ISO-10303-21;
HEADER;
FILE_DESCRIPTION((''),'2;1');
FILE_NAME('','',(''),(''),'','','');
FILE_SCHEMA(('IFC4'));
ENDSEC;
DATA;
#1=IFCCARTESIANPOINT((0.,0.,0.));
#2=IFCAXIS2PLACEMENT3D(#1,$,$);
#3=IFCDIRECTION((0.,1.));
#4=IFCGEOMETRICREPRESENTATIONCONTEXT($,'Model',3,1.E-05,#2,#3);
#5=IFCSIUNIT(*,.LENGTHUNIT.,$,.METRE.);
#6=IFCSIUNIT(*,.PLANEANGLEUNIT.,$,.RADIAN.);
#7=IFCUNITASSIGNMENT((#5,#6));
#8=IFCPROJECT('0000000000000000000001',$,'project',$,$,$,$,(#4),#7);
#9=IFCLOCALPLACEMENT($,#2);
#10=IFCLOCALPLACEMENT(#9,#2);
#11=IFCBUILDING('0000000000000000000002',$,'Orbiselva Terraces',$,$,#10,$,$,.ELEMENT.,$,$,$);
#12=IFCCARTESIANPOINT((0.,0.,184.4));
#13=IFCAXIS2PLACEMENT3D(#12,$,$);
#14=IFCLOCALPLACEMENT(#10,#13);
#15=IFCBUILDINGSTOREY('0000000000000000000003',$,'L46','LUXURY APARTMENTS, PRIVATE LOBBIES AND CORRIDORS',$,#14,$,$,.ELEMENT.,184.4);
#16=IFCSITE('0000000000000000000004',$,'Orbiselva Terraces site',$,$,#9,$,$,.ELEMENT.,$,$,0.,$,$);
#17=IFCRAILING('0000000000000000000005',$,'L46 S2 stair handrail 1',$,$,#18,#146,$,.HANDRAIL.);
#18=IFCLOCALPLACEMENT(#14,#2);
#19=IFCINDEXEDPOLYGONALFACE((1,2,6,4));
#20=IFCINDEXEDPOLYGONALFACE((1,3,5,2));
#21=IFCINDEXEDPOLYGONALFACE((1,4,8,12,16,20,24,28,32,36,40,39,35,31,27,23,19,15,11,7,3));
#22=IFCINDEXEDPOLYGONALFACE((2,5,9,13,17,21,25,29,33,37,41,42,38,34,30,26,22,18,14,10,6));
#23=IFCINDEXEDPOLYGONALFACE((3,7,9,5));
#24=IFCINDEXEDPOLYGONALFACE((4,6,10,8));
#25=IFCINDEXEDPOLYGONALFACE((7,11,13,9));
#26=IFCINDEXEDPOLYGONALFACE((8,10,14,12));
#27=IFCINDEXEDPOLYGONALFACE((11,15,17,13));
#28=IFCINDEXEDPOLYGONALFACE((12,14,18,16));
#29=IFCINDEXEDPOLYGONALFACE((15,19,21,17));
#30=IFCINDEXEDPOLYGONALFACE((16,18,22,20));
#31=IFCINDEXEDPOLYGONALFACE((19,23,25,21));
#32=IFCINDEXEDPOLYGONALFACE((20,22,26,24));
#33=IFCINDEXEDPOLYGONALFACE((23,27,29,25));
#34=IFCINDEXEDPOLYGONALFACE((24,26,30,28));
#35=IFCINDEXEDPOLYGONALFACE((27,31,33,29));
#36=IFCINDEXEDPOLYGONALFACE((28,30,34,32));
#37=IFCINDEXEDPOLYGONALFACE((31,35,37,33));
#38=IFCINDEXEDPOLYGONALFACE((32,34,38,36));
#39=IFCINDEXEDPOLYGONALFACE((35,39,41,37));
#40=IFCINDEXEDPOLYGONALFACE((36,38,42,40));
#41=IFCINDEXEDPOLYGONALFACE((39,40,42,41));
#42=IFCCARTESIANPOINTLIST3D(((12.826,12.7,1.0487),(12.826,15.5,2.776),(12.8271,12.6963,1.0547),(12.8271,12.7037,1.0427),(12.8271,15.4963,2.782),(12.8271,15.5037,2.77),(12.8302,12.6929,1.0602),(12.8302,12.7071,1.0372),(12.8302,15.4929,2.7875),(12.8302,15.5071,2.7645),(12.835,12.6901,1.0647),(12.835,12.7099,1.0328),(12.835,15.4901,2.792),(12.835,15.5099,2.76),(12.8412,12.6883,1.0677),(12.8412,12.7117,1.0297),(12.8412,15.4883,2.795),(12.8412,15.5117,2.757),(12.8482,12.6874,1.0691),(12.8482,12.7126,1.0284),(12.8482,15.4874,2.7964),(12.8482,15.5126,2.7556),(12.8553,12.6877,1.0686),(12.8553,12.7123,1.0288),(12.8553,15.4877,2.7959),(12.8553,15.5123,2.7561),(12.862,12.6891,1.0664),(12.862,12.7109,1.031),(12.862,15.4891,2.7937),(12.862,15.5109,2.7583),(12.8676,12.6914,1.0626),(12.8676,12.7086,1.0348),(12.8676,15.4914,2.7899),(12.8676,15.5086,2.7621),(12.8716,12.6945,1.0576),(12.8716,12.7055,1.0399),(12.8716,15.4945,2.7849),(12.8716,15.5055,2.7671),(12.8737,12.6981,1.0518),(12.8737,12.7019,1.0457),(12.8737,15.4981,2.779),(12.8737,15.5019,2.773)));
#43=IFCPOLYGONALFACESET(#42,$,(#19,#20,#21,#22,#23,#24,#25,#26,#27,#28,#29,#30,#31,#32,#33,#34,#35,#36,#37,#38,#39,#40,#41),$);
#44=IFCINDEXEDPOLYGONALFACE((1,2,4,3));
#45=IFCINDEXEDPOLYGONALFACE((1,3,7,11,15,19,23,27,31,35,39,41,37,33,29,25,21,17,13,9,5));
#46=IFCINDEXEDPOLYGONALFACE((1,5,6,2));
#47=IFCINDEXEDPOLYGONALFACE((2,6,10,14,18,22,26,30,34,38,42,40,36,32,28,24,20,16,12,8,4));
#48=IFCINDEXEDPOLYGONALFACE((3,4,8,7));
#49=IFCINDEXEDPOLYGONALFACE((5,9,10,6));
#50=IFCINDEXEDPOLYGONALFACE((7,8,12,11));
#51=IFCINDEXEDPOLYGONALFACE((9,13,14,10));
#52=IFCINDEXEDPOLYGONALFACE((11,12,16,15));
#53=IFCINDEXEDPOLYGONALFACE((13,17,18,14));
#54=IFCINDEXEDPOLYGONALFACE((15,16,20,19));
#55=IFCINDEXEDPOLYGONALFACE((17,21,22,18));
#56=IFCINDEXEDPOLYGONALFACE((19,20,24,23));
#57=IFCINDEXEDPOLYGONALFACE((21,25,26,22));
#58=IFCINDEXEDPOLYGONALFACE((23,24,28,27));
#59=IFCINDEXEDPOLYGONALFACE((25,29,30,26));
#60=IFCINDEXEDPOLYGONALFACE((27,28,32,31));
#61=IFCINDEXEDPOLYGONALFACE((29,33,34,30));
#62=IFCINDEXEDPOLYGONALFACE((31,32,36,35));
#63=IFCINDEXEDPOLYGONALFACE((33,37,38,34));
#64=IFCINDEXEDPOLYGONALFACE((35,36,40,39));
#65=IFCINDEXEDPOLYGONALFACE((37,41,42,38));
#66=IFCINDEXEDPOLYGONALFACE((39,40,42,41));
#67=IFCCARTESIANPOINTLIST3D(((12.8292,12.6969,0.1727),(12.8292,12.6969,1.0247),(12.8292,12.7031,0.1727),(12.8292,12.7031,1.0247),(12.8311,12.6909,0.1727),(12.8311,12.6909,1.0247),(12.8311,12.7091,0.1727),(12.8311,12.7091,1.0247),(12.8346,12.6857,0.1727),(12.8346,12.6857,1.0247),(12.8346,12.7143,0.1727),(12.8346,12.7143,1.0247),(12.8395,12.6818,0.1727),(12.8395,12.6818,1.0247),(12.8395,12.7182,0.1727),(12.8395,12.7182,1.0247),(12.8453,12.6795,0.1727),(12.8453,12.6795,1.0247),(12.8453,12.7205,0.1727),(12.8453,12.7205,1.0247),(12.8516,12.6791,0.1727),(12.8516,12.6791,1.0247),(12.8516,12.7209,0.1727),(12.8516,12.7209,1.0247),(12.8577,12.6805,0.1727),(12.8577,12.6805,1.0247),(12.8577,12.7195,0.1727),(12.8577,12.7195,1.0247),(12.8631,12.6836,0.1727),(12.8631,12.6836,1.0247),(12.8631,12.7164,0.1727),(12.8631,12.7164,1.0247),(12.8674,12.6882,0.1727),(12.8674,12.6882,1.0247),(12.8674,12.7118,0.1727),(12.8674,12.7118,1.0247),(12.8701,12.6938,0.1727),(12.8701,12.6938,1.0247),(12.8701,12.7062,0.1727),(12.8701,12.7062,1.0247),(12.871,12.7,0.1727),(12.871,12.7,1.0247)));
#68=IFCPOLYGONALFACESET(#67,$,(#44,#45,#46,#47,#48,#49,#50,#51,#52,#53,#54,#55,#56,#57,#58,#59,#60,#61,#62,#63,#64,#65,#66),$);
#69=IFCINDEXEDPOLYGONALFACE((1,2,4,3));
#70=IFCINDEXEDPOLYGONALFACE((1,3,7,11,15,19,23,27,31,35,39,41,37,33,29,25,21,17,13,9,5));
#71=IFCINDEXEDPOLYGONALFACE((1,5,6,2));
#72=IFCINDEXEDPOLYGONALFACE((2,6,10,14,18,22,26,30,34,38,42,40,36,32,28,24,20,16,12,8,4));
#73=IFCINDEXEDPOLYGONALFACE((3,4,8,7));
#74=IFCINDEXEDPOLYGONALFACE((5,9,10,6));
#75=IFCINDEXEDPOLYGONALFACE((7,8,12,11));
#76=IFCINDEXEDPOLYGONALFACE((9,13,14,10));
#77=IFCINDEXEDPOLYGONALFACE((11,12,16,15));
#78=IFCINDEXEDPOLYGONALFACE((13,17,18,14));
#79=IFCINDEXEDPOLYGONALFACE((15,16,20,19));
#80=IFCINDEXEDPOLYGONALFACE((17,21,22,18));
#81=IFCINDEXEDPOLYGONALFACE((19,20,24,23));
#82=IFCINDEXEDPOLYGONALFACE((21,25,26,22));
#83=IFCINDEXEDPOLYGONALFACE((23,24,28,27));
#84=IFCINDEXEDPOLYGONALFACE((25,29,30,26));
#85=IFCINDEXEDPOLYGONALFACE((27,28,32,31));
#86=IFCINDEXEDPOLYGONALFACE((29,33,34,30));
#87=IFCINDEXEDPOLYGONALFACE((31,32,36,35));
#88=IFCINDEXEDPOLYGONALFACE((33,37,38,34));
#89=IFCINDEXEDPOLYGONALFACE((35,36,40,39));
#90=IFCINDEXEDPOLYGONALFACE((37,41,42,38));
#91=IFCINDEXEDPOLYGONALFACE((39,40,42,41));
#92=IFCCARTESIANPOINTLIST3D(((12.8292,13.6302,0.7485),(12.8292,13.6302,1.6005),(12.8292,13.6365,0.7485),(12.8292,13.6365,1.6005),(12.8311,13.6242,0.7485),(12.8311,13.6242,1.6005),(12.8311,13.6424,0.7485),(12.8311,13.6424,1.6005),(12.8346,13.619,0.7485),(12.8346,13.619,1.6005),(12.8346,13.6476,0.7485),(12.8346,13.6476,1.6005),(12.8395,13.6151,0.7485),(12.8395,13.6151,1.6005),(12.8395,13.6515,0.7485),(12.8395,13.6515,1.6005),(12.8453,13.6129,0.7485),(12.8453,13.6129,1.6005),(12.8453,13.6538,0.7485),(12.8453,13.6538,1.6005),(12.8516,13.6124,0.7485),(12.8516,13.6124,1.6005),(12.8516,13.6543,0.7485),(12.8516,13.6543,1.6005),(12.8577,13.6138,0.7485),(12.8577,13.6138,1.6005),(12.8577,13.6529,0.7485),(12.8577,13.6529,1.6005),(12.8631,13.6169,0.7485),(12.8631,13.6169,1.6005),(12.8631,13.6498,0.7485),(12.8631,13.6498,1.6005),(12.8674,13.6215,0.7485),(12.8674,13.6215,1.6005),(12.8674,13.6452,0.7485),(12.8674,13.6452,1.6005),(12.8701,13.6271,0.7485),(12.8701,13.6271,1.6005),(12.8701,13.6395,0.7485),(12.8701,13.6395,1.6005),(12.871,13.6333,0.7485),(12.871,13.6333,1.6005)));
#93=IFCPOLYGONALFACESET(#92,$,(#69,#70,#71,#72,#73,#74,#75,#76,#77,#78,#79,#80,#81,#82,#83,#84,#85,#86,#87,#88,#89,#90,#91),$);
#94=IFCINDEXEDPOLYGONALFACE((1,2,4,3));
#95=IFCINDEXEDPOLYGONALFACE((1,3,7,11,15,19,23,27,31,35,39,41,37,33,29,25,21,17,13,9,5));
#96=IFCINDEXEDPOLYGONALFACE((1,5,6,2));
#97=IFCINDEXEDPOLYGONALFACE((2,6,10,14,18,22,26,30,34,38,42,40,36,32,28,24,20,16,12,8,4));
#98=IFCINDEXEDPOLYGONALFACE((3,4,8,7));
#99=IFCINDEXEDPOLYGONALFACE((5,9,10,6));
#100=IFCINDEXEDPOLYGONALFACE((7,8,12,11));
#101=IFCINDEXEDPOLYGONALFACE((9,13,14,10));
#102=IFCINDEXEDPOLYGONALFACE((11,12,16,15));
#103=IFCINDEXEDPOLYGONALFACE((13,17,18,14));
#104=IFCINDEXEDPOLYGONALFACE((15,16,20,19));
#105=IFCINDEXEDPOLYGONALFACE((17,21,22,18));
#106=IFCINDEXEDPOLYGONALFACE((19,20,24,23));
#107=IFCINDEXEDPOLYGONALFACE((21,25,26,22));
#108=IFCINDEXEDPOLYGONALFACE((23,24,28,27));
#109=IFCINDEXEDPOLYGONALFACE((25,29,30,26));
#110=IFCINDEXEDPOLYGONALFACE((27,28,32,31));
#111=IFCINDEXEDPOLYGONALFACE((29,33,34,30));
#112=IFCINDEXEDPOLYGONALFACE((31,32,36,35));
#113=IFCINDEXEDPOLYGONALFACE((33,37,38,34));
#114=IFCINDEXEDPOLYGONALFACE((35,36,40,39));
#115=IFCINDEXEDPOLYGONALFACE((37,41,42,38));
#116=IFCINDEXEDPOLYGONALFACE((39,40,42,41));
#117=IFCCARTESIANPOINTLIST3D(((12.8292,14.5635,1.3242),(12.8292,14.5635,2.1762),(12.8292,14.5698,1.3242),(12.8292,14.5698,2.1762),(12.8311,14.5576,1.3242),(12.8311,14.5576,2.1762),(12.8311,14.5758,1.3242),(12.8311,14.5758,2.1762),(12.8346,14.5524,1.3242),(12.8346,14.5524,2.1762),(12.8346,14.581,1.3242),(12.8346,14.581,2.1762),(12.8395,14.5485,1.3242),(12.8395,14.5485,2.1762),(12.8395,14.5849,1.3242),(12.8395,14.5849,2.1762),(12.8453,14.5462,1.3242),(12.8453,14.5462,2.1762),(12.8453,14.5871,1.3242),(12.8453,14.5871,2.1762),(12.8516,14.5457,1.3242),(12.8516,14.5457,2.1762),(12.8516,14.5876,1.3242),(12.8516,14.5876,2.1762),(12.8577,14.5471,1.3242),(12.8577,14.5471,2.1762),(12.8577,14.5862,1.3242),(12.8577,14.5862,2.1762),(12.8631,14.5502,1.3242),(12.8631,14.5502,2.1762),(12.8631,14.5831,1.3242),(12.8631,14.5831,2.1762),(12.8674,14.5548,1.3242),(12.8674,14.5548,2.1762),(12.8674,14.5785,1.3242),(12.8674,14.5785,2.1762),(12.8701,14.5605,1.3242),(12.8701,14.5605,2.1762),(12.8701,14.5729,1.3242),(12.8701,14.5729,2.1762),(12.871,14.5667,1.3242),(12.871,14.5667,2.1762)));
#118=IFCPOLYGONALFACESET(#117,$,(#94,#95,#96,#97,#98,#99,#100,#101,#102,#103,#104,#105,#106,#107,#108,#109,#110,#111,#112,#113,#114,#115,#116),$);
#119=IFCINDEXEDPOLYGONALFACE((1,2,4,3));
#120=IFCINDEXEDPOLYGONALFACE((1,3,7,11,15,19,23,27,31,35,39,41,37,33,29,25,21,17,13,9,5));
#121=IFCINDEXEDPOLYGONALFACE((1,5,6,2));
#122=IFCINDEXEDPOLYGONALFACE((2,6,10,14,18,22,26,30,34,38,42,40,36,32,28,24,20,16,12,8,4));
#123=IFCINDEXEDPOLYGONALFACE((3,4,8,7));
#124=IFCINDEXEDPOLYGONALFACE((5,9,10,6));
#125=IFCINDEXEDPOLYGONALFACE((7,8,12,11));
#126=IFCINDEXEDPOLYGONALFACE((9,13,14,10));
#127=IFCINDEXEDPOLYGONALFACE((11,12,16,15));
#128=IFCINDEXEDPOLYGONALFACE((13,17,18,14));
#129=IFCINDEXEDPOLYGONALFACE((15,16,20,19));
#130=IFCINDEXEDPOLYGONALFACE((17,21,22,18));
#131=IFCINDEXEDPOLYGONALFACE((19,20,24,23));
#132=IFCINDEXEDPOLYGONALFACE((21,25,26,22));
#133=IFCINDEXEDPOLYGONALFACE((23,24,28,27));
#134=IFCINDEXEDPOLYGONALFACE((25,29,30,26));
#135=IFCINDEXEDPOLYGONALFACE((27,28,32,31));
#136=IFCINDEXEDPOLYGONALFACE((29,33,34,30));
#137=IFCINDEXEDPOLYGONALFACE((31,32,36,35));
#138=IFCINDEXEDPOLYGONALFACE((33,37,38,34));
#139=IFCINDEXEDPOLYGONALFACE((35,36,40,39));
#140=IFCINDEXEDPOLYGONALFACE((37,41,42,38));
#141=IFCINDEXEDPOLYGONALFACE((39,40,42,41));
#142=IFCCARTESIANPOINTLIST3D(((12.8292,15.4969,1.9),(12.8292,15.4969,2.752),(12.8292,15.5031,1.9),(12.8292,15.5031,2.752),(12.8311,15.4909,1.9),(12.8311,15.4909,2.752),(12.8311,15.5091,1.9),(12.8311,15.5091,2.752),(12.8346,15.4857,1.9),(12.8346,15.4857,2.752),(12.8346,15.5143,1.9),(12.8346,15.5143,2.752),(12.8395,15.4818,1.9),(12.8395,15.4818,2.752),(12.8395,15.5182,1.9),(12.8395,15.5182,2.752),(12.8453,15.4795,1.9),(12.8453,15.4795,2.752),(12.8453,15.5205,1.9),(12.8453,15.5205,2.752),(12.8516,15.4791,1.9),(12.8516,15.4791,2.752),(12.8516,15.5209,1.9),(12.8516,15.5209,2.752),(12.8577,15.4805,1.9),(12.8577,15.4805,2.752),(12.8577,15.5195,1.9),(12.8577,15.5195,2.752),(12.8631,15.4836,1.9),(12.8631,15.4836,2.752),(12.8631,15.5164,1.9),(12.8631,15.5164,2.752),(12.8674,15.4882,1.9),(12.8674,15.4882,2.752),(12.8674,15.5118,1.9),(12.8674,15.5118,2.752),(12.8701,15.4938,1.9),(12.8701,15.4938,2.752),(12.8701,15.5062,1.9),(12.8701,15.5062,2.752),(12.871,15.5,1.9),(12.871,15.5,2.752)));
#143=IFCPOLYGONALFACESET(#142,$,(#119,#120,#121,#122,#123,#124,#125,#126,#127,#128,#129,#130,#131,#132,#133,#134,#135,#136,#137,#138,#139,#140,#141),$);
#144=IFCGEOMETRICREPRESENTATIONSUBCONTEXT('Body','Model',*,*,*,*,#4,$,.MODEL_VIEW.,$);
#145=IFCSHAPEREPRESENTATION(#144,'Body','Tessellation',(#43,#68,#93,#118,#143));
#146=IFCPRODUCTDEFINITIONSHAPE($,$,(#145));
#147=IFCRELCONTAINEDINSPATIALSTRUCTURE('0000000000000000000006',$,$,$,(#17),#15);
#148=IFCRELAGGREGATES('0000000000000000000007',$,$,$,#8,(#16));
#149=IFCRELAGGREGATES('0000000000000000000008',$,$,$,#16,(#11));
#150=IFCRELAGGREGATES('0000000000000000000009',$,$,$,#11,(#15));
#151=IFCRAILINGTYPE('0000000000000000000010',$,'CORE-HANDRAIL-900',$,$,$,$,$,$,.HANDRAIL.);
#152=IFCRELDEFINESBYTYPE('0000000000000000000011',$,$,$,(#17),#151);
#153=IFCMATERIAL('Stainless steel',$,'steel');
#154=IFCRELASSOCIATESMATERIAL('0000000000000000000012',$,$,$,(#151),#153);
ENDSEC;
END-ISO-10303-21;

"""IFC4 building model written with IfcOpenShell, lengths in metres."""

from ifc_helpers import new_model, si_unit, direction, frame, origin, origin_2d, place, context, subcontext, project, spatial, circle, extrude, material, type_object, element, save


model = new_model("IFC4")

# Units and contexts
model_context = context("Model", 3, precision=1e-05, world=origin(), true_north=direction((0.0, 1.0)))
body_context = subcontext(model_context, "Body", "Model", "MODEL_VIEW")
ifc_project = project(units=[si_unit("LENGTHUNIT", "METRE"), si_unit("PLANEANGLEUNIT", "RADIAN")], contexts=[model_context])

# Site, building, storey
site_placement = place(None, origin())
site = spatial("IfcSite", under=ifc_project, at=site_placement, Name="Orbiselva Terraces site", CompositionType="ELEMENT", RefElevation=0.0)
building_placement = place(site_placement, origin())
building = spatial("IfcBuilding", under=site, at=building_placement, Name="Orbiselva Terraces", CompositionType="ELEMENT")
storey_placement = place(building_placement, frame((0.0, 0.0, 184.4)))
storey = spatial("IfcBuildingStorey", under=building, at=storey_placement, Name="L46", Description="LUXURY APARTMENTS, PRIVATE LOBBIES AND CORRIDORS", CompositionType="ELEMENT", Elevation=184.4)

# Railing
ifc_material_1 = material(Name="Stainless steel", Category="steel")
railing_type_1 = type_object("IfcRailingType", Name="CORE-HANDRAIL-900", PredefinedType="HANDRAIL", material=ifc_material_1)
railing_1_placement = place(storey_placement, frame((12.85, 12.7, 0.1727)))
element("IfcRailing", 1, at=railing_1_placement, inside=storey, type_object=railing_type_1, Name="L46 S2 stair handrail 1", PredefinedType="HANDRAIL", context=body_context, shape_type="SweptSolid", body=[
    extrude(circle(Radius=0.024, at=origin_2d()), frame((0.0, 0.0, 0.876), z_axis=(0.0, 0.851089, 0.525022), x_axis=(-1.0, 0.0, 0.0)), (0.0, 0.0, 1.0), 3.2899),
    extrude(circle(Radius=0.021, at=origin_2d()), origin(), (0.0, 0.0, 1.0), 0.852),
    extrude(circle(Radius=0.021, at=origin_2d()), frame((0.0, 0.9333, 0.5758)), (0.0, 0.0, 1.0), 0.852),
    extrude(circle(Radius=0.021, at=origin_2d()), frame((0.0, 1.8667, 1.1515)), (0.0, 0.0, 1.0), 0.852),
    extrude(circle(Radius=0.021, at=origin_2d()), frame((0.0, 2.8, 1.7273)), (0.0, 0.0, 1.0), 0.852),
])

save(model, "model.ifc")
